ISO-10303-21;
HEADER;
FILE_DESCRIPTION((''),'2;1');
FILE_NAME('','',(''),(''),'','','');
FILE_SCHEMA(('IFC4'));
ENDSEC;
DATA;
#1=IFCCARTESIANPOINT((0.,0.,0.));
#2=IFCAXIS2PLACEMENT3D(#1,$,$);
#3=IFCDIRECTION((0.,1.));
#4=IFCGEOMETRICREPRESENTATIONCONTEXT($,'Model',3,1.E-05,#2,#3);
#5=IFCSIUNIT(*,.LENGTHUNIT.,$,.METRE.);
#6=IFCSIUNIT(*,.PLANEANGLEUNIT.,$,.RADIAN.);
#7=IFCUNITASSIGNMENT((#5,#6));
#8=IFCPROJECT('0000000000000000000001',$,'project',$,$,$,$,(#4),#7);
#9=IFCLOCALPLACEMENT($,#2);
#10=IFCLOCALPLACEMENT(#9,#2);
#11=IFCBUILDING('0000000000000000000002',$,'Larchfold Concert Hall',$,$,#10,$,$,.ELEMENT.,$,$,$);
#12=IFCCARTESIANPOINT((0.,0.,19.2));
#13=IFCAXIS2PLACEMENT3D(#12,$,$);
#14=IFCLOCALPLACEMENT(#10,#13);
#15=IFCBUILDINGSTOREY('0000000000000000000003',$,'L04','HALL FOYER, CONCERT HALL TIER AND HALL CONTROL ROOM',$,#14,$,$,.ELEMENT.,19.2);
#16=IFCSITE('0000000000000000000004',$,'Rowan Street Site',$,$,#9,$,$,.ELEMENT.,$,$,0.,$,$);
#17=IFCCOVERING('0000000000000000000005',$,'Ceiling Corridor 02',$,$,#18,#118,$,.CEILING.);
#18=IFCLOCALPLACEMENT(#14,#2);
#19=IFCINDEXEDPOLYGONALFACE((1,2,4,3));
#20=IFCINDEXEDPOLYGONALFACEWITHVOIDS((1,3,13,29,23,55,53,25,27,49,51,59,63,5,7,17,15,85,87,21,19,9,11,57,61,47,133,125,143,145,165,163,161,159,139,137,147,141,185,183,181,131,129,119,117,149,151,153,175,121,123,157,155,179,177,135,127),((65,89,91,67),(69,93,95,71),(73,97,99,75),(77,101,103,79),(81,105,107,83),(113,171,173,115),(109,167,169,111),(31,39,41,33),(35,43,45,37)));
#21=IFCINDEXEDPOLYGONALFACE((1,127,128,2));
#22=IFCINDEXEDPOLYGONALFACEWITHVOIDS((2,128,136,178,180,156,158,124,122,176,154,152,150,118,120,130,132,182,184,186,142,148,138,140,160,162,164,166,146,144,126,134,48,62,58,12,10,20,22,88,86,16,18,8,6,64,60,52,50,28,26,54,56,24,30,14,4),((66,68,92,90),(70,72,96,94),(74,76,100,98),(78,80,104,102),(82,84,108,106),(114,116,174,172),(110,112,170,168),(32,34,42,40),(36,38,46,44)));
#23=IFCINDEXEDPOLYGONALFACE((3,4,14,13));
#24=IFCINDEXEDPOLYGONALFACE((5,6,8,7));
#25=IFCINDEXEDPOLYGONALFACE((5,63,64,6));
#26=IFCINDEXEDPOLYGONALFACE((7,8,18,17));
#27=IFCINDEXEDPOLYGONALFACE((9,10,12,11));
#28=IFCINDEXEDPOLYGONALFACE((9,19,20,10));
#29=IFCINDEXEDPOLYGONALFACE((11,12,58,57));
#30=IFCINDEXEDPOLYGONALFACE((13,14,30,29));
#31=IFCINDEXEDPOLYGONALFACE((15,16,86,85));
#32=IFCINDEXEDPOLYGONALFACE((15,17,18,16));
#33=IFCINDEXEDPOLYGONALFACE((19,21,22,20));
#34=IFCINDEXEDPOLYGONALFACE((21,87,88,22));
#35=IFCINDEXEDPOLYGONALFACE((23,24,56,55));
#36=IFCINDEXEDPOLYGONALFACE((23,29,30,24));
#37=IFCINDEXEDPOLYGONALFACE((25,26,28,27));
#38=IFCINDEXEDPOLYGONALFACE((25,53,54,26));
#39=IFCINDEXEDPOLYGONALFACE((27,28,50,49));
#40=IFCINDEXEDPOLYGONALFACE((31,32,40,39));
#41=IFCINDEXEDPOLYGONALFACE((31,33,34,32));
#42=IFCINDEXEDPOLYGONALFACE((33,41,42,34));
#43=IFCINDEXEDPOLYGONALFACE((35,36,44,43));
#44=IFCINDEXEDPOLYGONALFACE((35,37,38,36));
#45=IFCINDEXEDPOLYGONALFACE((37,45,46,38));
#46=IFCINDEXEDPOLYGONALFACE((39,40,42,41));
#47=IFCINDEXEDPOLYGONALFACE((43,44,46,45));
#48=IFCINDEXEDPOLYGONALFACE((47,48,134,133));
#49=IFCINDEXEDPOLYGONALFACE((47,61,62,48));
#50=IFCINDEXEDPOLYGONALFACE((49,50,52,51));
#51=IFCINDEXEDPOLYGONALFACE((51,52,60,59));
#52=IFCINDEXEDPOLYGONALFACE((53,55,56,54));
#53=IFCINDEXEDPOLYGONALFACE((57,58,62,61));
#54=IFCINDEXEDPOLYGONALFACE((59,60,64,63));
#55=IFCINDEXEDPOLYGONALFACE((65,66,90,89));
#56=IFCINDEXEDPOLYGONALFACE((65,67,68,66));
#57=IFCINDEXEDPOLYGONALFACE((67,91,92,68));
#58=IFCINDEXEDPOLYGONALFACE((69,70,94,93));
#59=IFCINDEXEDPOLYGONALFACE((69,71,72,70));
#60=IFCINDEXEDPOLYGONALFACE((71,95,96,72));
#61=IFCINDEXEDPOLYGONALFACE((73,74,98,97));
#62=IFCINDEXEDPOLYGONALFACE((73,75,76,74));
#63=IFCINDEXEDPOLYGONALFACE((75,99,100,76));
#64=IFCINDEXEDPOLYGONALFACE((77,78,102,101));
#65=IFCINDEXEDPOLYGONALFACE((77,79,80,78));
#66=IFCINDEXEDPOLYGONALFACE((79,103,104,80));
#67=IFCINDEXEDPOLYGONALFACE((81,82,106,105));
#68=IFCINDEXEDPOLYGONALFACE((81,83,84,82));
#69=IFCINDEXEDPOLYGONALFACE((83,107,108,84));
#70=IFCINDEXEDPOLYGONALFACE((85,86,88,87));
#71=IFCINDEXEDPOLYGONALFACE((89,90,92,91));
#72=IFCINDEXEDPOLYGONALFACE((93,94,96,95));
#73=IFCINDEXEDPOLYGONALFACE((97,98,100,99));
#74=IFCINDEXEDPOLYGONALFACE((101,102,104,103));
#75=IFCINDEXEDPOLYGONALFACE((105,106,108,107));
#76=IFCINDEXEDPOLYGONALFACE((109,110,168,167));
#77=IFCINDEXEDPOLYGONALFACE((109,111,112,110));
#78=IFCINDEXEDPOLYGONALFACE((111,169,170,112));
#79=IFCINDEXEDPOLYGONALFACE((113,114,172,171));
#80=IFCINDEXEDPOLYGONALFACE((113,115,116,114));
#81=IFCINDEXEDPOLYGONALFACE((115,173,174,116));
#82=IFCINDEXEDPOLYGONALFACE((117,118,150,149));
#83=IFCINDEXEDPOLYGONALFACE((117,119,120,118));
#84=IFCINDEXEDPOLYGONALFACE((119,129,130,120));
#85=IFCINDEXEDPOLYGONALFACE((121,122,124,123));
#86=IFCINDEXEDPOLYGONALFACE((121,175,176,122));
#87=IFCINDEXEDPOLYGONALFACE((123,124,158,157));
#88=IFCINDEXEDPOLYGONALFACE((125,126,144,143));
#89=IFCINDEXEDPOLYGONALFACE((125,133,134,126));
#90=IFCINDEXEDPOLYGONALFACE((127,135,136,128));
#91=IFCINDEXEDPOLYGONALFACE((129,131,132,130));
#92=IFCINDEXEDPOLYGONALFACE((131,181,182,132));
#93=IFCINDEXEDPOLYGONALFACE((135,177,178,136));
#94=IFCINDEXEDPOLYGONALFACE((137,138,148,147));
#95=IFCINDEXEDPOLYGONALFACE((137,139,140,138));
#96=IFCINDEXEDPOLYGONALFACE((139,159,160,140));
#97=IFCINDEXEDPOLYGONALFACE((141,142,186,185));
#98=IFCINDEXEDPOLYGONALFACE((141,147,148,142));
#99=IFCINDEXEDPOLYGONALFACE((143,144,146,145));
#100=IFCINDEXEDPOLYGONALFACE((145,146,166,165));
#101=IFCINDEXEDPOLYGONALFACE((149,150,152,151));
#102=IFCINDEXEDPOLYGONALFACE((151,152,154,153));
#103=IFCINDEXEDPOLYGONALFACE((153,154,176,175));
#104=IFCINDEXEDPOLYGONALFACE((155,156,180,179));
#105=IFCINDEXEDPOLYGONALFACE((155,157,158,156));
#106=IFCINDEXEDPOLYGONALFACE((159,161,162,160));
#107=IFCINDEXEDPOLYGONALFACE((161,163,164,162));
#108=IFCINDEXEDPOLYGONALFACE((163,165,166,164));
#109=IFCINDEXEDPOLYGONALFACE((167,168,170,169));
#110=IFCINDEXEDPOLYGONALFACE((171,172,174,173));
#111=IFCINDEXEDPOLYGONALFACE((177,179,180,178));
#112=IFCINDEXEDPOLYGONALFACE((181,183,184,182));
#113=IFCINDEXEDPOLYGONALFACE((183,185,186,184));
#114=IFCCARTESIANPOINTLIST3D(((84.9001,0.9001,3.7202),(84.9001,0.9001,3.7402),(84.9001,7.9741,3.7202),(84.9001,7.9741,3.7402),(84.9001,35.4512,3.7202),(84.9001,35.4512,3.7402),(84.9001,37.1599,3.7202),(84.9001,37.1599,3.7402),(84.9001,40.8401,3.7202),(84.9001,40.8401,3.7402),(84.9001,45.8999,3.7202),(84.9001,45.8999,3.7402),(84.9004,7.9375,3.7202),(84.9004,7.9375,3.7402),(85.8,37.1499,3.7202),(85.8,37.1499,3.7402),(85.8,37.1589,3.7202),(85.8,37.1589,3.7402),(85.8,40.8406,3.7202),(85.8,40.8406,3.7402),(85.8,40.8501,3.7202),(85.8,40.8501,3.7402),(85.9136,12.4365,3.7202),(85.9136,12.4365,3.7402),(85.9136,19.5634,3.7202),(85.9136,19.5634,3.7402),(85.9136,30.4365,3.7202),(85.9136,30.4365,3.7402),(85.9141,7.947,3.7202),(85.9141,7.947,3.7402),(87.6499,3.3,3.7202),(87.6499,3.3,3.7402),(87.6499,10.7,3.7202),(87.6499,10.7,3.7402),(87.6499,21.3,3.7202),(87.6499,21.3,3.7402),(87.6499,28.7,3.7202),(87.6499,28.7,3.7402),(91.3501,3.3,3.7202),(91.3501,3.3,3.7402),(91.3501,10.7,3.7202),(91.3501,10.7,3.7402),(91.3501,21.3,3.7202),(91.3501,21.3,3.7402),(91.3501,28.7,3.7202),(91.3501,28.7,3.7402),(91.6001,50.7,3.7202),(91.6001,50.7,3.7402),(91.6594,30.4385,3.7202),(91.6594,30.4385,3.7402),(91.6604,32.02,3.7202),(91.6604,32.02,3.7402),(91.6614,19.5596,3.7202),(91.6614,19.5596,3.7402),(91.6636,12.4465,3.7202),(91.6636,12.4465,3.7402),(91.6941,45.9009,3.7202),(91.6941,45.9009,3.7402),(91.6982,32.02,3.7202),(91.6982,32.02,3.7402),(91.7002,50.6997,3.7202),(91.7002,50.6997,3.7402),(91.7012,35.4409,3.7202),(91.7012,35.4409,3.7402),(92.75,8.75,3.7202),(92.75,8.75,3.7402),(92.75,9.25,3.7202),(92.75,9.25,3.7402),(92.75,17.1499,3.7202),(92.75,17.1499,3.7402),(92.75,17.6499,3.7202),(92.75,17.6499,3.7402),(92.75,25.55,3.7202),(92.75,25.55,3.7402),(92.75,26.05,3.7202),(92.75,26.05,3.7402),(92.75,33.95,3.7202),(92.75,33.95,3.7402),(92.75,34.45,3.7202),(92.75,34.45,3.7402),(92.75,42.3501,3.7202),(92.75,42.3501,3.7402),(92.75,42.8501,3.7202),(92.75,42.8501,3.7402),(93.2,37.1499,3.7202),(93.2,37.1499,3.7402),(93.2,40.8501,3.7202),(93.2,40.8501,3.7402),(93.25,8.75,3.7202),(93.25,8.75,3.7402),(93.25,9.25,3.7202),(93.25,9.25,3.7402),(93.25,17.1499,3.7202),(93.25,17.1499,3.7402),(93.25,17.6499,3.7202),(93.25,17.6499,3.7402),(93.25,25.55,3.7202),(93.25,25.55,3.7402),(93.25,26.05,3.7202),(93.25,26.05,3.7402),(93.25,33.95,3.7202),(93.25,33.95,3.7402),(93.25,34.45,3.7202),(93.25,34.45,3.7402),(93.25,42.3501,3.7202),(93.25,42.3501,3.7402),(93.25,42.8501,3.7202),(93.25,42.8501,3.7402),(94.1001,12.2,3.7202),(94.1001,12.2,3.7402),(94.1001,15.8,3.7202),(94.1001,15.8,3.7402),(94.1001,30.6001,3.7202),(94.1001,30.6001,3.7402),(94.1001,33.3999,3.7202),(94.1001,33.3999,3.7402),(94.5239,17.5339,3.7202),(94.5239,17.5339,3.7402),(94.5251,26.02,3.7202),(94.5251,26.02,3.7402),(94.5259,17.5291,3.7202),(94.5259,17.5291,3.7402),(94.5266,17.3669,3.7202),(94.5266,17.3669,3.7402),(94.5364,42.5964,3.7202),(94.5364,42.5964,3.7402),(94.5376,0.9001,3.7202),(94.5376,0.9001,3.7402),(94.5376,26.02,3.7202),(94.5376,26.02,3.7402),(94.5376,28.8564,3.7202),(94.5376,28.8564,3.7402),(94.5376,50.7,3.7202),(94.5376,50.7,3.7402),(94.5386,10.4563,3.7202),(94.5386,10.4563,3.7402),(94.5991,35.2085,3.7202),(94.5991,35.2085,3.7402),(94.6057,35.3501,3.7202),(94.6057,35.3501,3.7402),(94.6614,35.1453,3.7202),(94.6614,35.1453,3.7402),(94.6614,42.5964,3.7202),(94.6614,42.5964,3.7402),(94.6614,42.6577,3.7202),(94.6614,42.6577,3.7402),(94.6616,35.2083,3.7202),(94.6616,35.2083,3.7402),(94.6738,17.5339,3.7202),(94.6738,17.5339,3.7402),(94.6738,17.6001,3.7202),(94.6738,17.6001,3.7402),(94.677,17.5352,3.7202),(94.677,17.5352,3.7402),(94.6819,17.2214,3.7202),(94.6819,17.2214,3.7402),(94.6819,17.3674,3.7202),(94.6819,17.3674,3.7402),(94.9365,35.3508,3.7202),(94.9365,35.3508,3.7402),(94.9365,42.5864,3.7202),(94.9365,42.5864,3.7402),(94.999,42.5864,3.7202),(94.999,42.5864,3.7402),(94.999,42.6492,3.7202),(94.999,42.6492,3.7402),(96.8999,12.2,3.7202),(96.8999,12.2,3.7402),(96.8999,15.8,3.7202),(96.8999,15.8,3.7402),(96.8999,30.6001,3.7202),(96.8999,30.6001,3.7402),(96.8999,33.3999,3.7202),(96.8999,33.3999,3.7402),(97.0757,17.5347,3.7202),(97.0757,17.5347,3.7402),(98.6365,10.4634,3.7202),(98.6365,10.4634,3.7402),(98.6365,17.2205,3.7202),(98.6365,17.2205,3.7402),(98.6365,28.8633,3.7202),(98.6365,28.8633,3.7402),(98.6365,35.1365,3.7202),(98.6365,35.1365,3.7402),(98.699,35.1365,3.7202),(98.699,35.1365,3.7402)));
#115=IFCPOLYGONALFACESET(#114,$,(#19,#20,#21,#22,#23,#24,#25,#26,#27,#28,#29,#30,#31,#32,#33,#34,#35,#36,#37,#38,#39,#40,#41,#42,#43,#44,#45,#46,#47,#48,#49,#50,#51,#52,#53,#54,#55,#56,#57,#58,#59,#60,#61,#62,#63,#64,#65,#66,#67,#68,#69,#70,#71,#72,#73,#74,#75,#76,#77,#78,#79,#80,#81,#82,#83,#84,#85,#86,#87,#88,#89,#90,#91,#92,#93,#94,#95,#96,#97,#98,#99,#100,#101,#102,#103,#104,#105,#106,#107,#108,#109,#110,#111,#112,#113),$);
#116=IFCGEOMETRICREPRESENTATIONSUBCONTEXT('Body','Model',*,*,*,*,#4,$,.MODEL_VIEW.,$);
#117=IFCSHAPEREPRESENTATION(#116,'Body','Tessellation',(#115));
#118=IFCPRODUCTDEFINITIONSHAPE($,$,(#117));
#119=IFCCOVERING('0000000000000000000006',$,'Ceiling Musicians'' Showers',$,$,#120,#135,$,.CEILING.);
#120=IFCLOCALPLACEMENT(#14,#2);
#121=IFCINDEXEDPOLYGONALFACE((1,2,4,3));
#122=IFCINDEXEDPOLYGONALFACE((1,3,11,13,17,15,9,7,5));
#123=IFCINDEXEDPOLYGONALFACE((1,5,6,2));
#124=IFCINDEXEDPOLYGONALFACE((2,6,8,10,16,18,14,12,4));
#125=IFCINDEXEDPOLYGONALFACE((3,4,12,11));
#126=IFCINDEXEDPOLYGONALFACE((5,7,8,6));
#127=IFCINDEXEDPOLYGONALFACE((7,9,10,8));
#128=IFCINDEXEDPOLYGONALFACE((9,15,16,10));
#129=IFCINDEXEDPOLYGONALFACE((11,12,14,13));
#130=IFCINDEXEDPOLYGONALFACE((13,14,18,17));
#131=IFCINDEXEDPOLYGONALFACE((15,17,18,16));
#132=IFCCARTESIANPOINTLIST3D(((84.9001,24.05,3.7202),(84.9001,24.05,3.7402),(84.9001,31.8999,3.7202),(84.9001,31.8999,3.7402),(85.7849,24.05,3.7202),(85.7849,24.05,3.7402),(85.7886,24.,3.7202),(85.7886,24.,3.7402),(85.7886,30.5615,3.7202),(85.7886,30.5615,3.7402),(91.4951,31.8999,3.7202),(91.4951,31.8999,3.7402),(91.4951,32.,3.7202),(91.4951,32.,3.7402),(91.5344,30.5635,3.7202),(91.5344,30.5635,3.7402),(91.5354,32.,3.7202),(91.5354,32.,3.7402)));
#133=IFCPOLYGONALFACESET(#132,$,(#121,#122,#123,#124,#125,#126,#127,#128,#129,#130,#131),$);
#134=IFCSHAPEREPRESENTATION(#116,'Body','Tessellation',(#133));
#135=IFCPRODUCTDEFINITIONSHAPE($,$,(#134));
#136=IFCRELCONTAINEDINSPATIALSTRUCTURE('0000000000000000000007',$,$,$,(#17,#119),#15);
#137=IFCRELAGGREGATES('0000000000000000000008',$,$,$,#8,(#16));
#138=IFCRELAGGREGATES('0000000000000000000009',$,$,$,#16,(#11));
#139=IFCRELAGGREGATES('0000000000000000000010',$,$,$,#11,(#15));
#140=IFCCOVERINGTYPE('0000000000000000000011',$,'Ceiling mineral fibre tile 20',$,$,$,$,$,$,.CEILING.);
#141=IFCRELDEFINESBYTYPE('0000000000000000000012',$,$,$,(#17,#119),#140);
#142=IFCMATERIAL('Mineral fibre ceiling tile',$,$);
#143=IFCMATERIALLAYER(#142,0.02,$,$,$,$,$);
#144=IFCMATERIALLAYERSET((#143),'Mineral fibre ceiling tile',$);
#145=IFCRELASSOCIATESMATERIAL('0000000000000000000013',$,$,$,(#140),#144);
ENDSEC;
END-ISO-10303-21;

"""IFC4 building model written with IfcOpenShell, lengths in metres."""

from ifc_helpers import new_model, si_unit, direction, frame, origin, place, context, subcontext, project, spatial, polyline, outline, extrude, material, layer, layer_set, type_object, element, save


model = new_model("IFC4")

# Units and contexts
model_context = context("Model", 3, precision=1e-05, world=origin(), true_north=direction((0.0, 1.0)))
body_context = subcontext(model_context, "Body", "Model", "MODEL_VIEW")
ifc_project = project(units=[si_unit("LENGTHUNIT", "METRE"), si_unit("PLANEANGLEUNIT", "RADIAN")], contexts=[model_context])

# Site, building, storey
site_placement = place(None, origin())
site = spatial("IfcSite", under=ifc_project, at=site_placement, Name="Rowan Street Site", CompositionType="ELEMENT", RefElevation=0.0)
building_placement = place(site_placement, origin())
building = spatial("IfcBuilding", under=site, at=building_placement, Name="Larchfold Concert Hall", CompositionType="ELEMENT")
storey_placement = place(building_placement, frame((0.0, 0.0, 19.2)))
storey = spatial("IfcBuildingStorey", under=building, at=storey_placement, Name="L04", Description="HALL FOYER, CONCERT HALL TIER AND HALL CONTROL ROOM", CompositionType="ELEMENT", Elevation=19.2)

# Coverings
ifc_material_1 = material(Name="Mineral fibre ceiling tile")
ifc_layer_1 = layer(ifc_material_1, 0.02)
ifc_layer_set_1 = layer_set([ifc_layer_1], Name="Mineral fibre ceiling tile")
covering_type_1 = type_object("IfcCoveringType", Name="Ceiling mineral fibre tile 20", PredefinedType="CEILING", material=ifc_layer_set_1)
covering_1_placement = place(storey_placement, frame((0.0, 0.0, 3.7202)))
element("IfcCovering", 1, at=covering_1_placement, inside=storey, type_object=covering_type_1, Name="Ceiling Corridor 02", PredefinedType="CEILING", context=body_context, shape_type="SweptSolid", body=[
    extrude(outline(polyline([(84.9004, 7.9375), (84.9001, 7.9741), (84.9001, 0.9001), (94.5376, 0.9001), (94.5386, 10.4563), (98.6365, 10.4634), (98.6365, 17.2205), (94.6819, 17.2214), (94.6819, 17.3674), (94.5266, 17.3669), (94.5259, 17.5291), (97.0757, 17.5347), (94.677, 17.5352), (94.6738, 17.6001), (94.6738, 17.5339), (94.5239, 17.5339), (94.5251, 26.02), (94.5376, 26.02), (94.5376, 28.8564), (98.6365, 28.8633), (98.6365, 35.1365), (98.699, 35.1365), (94.6614, 35.1453), (94.6616, 35.2083), (94.5991, 35.2085), (94.6057, 35.3501), (94.9365, 35.3508), (94.9365, 42.5864), (94.999, 42.5864), (94.999, 42.6492), (94.6614, 42.6577), (94.6614, 42.5964), (94.5364, 42.5964), (94.5376, 50.7), (91.6001, 50.7), (91.7002, 50.6997), (91.6941, 45.9009), (84.9001, 45.8999), (84.9001, 40.8401), (85.8, 40.8406), (85.8, 40.8501), (93.2, 40.8501), (93.2, 37.1499), (85.8, 37.1499), (85.8, 37.1589), (84.9001, 37.1599), (84.9001, 35.4512), (91.7012, 35.4409), (91.6982, 32.02), (91.6604, 32.02), (91.6594, 30.4385), (85.9136, 30.4365), (85.9136, 19.5635), (85.8508, 19.5635), (91.6614, 19.5596), (91.6636, 12.4465), (85.9136, 12.4365), (85.9141, 7.947), (84.9004, 7.9375)]), holes=[polyline([(94.1001, 15.8), (96.8999, 15.8), (96.8999, 12.2), (94.1001, 12.2), (94.1001, 15.8)]), polyline([(94.1001, 33.3999), (96.8999, 33.3999), (96.8999, 30.6001), (94.1001, 30.6001), (94.1001, 33.3999)]), polyline([(93.25, 42.3501), (92.75, 42.3501), (92.75, 42.8501), (93.25, 42.8501), (93.25, 42.3501)]), polyline([(92.75, 9.25), (93.25, 9.25), (93.25, 8.75), (92.75, 8.75), (92.75, 9.25)]), polyline([(93.25, 17.6499), (93.25, 17.1499), (92.75, 17.1499), (92.75, 17.6499), (93.25, 17.6499)]), polyline([(93.25, 26.05), (93.25, 25.55), (92.75, 25.55), (92.75, 26.05), (93.25, 26.05)]), polyline([(93.25, 34.45), (93.25, 33.95), (92.75, 33.95), (92.75, 34.45), (93.25, 34.45)]), polyline([(87.6499, 10.7), (91.3501, 10.7), (91.3501, 3.3), (87.6499, 3.3), (87.6499, 10.7)]), polyline([(87.6499, 28.7), (91.3501, 28.7), (91.3501, 21.3), (87.6499, 21.3), (87.6499, 28.7)])]), origin(), (0.0, 0.0, 1.0), 0.02),
])
covering_2_placement = place(storey_placement, frame((0.0, 0.0, 3.7202)))
element("IfcCovering", 2, at=covering_2_placement, inside=storey, type_object=covering_type_1, Name="Ceiling Musicians' Showers", PredefinedType="CEILING", context=body_context, shape_type="SweptSolid", body=[
    extrude(outline(polyline([(85.7886, 24.0), (85.7886, 30.5615), (91.6001, 30.5635), (91.5344, 30.5635), (91.5354, 32.0), (91.4951, 32.0), (91.4951, 31.8999), (84.9001, 31.8999), (84.9001, 24.05), (85.7849, 24.05), (85.7886, 24.0)])), origin(), (0.0, 0.0, 1.0), 0.02),
])

save(model, "model.ifc")
